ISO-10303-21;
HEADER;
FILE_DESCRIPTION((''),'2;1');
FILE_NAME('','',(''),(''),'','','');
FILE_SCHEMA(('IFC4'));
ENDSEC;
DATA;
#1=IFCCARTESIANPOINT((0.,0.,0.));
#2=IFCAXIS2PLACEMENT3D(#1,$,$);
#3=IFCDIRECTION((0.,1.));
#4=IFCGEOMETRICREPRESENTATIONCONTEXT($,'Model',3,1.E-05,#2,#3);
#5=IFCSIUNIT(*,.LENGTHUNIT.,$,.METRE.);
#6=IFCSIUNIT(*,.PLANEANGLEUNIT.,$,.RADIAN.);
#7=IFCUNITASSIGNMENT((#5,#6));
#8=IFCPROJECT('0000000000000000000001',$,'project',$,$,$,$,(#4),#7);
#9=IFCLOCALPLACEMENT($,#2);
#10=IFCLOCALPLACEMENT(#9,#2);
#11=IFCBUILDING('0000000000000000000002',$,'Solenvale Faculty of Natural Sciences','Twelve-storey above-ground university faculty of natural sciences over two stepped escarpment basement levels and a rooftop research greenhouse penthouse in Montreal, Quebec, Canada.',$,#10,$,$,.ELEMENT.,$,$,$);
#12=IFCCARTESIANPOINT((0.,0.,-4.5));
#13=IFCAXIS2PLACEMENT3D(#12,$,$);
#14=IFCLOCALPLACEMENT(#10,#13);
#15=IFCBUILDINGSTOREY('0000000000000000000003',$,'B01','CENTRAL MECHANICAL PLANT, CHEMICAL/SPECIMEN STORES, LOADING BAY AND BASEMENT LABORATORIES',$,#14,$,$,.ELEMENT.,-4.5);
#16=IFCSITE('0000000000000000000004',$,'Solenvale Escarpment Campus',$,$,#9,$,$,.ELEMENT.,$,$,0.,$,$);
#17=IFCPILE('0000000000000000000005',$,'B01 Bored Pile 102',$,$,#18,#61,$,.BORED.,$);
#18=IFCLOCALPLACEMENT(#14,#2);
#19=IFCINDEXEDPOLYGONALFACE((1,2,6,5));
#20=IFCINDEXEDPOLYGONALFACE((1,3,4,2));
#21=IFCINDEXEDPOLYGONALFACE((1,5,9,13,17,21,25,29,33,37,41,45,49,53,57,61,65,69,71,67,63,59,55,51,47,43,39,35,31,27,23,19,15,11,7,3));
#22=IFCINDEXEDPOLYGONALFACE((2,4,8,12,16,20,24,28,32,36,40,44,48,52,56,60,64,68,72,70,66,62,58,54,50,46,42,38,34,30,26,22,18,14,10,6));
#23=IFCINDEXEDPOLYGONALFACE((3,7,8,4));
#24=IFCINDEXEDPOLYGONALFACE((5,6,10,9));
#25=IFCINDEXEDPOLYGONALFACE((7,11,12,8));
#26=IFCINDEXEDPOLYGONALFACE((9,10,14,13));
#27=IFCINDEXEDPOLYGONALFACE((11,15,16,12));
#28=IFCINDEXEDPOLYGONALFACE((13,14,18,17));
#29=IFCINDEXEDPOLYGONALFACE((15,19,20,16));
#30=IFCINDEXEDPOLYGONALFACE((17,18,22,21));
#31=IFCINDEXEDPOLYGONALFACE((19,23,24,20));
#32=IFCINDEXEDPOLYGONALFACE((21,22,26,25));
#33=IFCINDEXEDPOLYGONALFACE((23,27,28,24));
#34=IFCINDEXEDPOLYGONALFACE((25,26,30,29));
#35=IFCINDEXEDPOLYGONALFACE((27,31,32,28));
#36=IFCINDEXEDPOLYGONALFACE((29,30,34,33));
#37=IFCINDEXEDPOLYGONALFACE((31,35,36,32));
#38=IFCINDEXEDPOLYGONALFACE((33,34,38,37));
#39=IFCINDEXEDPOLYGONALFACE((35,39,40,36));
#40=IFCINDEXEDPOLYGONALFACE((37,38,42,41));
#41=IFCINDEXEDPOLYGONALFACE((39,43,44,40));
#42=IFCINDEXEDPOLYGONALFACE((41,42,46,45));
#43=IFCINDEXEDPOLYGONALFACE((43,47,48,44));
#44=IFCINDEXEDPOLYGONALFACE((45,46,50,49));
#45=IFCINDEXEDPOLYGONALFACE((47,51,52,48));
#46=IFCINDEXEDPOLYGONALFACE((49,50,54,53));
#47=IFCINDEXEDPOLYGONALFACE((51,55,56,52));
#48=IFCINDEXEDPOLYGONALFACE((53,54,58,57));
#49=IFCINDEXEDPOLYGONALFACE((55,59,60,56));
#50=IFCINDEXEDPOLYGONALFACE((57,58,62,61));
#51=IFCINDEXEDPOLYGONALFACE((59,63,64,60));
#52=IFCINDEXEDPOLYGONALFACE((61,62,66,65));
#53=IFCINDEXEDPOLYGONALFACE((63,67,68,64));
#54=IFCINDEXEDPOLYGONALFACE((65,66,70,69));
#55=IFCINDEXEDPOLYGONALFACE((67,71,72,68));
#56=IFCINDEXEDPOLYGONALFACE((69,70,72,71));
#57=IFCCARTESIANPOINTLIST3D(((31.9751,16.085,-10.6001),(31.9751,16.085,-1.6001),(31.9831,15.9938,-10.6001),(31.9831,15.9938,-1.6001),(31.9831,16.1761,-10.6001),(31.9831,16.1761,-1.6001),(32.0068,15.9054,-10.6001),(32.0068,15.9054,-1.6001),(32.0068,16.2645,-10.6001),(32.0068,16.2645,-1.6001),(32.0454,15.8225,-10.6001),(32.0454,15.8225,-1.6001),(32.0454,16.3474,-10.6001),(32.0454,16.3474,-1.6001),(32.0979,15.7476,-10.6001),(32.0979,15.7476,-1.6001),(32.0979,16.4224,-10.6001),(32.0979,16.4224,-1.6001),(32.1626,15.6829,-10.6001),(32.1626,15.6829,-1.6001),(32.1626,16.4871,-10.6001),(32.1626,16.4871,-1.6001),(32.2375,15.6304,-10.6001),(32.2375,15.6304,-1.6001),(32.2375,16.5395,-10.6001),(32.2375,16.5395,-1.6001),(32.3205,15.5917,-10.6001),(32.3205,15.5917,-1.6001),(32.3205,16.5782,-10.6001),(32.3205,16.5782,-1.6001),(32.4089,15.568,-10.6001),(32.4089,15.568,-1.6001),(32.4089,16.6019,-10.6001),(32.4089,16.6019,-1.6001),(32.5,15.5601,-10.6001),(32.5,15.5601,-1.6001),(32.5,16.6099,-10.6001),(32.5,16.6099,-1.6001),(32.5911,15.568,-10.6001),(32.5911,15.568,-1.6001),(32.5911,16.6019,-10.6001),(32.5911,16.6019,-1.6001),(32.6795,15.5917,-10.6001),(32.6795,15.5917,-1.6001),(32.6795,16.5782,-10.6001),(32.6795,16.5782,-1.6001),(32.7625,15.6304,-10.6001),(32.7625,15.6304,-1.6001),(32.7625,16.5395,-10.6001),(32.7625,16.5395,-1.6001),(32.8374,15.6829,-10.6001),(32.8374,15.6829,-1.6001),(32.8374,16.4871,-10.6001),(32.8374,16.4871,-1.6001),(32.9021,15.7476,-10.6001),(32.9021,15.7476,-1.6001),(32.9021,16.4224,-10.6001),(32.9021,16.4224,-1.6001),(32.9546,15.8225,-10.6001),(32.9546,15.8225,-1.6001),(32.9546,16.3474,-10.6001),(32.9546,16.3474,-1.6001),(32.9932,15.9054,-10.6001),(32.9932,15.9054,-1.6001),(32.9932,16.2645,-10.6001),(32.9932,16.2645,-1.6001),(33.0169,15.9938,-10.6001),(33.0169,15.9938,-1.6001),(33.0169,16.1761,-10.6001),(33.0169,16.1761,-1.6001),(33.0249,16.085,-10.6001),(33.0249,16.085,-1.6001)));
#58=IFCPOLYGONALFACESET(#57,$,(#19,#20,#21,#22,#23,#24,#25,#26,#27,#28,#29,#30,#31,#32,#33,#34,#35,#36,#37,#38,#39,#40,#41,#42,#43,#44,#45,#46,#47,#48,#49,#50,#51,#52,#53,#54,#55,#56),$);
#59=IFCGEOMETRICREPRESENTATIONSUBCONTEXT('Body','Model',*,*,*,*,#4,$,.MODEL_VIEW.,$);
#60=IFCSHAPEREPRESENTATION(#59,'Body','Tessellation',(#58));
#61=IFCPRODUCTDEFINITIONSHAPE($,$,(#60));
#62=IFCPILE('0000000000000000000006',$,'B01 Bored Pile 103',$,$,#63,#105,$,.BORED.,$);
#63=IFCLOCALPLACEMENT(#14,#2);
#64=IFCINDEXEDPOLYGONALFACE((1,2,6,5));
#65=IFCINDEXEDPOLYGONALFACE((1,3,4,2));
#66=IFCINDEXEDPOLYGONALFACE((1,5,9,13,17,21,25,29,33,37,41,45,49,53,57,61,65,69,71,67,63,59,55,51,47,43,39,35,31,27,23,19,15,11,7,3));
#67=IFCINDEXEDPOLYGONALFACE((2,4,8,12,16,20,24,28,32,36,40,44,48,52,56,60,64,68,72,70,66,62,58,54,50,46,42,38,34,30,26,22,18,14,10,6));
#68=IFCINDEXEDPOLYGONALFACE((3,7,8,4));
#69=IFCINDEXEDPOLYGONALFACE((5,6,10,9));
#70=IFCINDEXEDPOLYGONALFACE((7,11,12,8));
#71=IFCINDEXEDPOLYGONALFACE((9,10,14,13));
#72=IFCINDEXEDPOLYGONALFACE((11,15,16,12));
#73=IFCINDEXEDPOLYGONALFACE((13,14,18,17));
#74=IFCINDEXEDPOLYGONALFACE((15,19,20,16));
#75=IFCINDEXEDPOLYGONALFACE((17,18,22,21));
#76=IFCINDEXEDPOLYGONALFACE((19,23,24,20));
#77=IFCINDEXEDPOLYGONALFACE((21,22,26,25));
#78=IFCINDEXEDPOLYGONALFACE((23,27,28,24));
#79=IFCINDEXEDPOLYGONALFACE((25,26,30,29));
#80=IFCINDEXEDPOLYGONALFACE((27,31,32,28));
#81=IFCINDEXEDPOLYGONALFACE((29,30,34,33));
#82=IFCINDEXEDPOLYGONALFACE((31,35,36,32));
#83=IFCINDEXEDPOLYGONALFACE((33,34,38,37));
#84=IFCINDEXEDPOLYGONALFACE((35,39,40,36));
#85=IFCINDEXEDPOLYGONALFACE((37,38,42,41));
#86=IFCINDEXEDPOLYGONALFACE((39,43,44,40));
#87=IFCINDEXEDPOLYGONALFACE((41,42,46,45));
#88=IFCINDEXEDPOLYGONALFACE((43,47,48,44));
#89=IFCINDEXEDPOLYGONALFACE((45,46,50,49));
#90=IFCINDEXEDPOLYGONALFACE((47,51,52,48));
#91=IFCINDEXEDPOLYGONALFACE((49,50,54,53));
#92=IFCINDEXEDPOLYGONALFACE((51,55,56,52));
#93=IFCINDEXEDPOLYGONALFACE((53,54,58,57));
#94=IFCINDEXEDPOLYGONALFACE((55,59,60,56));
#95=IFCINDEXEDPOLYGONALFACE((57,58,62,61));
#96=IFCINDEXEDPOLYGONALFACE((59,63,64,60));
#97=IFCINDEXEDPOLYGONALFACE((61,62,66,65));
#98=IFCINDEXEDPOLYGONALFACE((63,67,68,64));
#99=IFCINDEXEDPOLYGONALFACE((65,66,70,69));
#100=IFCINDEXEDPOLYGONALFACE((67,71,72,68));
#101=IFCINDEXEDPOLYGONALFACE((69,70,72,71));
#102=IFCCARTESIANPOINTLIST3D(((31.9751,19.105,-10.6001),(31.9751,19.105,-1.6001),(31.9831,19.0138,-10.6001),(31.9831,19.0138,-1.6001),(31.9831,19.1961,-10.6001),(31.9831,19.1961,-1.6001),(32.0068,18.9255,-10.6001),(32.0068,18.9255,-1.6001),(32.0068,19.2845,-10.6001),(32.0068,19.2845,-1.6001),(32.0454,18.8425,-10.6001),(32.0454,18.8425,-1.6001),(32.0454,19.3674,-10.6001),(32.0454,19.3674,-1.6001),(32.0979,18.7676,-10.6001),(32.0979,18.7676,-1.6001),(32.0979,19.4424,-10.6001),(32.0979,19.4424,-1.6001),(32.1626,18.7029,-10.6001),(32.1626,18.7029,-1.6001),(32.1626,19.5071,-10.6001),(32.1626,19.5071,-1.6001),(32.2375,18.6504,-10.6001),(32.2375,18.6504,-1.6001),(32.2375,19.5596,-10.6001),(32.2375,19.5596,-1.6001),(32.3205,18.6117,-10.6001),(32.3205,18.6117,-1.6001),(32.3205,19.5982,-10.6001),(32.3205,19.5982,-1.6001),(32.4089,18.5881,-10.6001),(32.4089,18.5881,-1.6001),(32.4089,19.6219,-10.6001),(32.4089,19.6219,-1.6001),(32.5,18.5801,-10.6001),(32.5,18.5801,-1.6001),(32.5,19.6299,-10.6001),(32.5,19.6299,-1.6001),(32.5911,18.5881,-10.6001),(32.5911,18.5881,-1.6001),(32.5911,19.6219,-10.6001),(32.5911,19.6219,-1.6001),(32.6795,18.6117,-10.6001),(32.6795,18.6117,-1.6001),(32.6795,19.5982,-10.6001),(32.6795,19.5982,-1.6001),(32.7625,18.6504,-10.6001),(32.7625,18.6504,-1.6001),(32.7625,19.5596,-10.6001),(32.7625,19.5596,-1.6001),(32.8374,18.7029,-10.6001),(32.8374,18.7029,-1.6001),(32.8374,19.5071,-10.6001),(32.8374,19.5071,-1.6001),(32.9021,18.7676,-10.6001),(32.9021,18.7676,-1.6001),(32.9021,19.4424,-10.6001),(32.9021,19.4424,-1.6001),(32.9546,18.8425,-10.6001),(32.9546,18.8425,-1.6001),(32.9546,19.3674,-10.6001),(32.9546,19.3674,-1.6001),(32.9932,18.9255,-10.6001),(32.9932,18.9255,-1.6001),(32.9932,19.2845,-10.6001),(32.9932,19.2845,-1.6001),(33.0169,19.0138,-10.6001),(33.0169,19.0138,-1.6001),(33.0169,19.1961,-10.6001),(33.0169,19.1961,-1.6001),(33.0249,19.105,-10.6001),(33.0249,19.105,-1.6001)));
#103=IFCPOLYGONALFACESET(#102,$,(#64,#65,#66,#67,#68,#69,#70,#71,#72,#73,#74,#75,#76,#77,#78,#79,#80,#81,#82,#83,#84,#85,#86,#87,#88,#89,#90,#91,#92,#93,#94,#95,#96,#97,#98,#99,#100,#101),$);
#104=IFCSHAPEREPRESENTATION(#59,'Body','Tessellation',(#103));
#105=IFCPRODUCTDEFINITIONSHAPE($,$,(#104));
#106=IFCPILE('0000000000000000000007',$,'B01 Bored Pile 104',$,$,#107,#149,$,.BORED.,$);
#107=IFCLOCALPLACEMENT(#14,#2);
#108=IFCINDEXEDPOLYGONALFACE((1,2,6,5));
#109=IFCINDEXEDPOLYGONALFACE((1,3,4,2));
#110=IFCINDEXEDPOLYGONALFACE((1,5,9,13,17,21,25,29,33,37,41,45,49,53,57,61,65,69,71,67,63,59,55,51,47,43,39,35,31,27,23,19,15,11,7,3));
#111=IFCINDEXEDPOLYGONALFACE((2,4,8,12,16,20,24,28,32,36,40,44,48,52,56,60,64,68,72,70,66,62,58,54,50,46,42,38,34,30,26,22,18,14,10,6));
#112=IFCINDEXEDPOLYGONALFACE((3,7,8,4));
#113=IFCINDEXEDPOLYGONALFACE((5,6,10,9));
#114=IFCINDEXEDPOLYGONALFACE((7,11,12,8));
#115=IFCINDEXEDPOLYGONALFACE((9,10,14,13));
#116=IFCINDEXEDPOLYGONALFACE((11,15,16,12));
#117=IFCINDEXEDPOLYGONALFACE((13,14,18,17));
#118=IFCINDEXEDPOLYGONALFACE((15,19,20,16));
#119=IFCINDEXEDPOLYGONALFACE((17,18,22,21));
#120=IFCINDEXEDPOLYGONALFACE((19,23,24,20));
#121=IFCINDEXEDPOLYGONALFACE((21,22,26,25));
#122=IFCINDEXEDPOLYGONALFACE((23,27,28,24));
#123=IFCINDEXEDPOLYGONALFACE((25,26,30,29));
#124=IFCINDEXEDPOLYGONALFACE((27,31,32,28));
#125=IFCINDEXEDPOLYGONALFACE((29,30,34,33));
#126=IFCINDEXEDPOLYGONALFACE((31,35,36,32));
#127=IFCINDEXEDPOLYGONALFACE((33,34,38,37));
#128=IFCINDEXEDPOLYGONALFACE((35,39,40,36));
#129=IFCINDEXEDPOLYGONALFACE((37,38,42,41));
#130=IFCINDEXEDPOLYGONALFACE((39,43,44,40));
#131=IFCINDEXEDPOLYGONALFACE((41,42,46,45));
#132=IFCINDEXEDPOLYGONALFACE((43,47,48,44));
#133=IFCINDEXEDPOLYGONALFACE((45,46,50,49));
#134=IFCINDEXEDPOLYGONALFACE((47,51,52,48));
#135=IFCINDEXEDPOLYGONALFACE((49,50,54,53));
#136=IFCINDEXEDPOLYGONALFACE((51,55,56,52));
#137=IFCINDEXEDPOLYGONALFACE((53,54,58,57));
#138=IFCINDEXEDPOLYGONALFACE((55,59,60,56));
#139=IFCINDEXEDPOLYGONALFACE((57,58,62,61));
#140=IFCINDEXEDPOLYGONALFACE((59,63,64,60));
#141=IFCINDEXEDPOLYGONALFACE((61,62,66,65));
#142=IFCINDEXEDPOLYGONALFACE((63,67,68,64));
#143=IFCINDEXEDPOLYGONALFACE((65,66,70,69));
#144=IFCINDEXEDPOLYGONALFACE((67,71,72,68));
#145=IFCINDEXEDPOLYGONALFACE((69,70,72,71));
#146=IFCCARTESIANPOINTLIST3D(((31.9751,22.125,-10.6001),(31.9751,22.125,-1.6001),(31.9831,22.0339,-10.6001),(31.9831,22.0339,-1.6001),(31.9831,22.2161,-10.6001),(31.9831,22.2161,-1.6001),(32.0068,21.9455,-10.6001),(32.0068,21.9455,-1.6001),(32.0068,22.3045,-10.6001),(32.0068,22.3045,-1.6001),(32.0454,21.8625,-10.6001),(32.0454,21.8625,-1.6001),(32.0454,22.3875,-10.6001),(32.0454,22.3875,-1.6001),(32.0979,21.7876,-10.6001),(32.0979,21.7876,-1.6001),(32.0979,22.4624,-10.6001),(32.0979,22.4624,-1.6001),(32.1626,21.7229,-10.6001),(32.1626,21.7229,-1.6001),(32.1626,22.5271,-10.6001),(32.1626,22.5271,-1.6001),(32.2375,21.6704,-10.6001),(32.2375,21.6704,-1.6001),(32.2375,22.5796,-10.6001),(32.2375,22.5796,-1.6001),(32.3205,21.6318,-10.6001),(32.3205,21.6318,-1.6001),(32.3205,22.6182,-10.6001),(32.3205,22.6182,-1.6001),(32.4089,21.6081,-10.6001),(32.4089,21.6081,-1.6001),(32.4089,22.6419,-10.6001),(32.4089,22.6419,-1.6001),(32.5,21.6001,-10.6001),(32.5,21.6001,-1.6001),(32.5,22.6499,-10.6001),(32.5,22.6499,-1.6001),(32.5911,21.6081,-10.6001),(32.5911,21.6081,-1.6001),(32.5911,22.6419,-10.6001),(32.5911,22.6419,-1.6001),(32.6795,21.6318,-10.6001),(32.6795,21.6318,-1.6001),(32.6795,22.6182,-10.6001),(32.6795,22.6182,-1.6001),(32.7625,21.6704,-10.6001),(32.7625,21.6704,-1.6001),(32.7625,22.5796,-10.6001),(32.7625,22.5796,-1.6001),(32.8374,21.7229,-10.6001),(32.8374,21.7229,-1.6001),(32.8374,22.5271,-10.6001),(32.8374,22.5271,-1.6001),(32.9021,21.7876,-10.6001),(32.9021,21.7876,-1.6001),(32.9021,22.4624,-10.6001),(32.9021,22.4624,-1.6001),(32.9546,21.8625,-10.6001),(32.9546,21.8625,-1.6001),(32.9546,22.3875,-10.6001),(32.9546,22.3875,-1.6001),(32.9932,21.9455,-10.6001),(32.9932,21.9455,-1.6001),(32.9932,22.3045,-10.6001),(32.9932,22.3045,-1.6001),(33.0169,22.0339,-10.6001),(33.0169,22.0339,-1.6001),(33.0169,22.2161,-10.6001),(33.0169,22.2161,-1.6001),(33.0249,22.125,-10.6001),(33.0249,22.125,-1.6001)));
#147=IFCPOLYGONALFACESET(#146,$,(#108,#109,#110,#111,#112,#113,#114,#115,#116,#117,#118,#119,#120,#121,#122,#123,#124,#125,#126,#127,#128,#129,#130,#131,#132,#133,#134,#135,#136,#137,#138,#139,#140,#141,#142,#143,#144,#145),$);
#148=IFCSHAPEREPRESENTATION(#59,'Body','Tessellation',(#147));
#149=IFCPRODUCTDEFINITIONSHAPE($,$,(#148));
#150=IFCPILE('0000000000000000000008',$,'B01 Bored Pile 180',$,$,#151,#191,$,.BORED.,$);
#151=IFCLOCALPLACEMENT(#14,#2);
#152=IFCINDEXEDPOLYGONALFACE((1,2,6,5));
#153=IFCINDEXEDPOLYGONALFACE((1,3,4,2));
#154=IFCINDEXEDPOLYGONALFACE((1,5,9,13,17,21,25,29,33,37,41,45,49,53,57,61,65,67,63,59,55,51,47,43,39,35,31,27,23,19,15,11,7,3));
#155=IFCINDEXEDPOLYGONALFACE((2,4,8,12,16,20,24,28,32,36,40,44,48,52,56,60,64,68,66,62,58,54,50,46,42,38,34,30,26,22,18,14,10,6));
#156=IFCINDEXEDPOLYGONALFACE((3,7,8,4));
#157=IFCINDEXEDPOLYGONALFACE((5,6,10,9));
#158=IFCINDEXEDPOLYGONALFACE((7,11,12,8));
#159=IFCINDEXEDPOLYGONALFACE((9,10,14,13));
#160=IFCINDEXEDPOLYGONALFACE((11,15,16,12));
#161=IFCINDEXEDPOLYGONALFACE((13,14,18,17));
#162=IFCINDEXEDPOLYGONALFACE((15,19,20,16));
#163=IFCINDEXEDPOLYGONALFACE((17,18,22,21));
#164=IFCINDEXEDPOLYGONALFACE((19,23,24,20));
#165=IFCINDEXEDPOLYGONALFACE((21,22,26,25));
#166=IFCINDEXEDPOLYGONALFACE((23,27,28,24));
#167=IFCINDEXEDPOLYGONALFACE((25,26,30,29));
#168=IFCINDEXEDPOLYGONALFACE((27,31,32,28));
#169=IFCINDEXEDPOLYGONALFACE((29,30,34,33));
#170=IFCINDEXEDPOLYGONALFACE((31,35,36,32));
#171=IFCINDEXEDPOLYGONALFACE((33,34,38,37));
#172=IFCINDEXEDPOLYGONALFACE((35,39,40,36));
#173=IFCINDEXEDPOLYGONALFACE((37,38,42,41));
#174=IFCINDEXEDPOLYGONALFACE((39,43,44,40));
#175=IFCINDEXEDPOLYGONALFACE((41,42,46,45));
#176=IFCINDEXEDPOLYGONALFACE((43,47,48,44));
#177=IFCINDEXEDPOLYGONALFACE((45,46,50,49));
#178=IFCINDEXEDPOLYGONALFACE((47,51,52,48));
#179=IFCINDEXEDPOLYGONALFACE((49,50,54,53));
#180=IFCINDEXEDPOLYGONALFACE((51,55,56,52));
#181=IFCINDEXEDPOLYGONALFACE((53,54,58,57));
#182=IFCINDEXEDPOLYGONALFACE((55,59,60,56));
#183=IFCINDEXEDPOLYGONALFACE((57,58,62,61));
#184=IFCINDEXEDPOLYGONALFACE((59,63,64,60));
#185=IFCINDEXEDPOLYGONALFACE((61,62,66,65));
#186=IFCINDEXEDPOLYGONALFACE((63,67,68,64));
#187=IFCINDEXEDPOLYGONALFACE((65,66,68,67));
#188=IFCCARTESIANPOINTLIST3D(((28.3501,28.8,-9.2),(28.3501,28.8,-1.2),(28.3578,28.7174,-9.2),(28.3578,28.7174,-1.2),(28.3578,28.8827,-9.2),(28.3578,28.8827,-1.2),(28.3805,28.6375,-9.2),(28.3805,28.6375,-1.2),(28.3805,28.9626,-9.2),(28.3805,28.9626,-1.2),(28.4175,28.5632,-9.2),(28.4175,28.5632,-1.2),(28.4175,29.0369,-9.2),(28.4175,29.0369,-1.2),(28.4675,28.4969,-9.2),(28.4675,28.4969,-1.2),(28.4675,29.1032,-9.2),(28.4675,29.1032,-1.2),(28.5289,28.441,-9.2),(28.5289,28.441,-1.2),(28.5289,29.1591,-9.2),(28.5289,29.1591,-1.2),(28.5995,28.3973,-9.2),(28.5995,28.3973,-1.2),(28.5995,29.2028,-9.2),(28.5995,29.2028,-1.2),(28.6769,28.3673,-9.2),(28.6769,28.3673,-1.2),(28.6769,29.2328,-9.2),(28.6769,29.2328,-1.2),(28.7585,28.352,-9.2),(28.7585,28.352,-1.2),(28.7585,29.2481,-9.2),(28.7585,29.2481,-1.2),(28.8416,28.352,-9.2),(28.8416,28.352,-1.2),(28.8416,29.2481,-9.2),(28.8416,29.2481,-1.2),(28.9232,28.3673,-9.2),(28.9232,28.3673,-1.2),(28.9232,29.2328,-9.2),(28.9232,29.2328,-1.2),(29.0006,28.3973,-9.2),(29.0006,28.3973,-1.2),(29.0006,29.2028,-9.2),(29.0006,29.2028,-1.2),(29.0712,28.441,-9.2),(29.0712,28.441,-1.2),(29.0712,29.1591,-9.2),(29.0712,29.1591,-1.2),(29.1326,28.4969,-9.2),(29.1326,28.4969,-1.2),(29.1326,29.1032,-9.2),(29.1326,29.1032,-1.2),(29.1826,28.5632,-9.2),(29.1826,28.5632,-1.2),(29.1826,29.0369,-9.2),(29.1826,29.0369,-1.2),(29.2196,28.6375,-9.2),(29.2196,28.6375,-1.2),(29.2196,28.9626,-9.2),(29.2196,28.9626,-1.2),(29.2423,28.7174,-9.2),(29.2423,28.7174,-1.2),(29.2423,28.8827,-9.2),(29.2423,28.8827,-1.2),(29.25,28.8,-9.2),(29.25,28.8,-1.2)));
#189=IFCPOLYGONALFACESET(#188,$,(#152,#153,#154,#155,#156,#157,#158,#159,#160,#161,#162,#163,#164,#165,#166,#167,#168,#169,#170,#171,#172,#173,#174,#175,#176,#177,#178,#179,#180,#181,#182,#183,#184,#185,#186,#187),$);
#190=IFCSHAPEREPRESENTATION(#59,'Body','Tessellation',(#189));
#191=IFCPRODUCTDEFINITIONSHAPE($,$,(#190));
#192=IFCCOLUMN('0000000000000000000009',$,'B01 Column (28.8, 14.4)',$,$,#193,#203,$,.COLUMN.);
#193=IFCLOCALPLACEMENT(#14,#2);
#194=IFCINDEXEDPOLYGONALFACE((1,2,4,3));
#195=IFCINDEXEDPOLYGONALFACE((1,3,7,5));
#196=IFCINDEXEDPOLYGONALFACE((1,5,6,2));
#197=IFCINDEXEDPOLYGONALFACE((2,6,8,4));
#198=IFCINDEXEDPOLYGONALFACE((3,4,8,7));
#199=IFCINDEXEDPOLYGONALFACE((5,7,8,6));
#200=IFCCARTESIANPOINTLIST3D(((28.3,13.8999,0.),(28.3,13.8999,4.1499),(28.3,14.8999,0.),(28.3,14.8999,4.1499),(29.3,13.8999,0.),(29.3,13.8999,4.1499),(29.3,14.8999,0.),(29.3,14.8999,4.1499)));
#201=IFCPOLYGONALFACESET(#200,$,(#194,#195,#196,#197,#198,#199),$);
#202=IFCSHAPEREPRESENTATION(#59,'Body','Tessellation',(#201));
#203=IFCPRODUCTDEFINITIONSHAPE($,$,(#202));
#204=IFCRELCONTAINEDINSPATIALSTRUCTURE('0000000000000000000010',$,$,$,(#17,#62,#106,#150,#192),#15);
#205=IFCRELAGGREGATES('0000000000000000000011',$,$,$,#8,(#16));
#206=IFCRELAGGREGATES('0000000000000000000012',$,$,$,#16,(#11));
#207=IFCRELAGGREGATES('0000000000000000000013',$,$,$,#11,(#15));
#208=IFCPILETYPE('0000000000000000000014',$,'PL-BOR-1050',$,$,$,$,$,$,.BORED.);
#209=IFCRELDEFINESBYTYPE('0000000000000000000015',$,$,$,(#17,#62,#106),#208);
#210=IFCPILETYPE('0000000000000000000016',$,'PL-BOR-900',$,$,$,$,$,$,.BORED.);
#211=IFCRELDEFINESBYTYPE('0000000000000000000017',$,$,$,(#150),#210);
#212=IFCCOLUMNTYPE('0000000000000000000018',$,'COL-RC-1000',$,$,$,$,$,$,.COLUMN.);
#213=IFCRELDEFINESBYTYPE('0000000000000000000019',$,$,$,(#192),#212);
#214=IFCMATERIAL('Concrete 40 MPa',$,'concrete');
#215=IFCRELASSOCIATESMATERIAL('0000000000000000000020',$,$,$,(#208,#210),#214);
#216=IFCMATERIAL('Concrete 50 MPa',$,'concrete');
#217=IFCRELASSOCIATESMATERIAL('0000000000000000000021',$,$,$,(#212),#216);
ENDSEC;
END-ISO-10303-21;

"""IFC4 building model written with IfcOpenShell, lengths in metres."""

from ifc_helpers import new_model, si_unit, direction, frame, origin, origin_2d, place, context, subcontext, project, spatial, rectangle, circle, extrude, material, material_profile, profile_set, type_object, element, save


model = new_model("IFC4")

# Units and contexts
model_context = context("Model", 3, precision=1e-05, world=origin(), true_north=direction((0.0, 1.0)))
body_context = subcontext(model_context, "Body", "Model", "MODEL_VIEW")
ifc_project = project(units=[si_unit("LENGTHUNIT", "METRE"), si_unit("PLANEANGLEUNIT", "RADIAN")], contexts=[model_context])

# Site, building, storey
site_placement = place(None, origin())
site = spatial("IfcSite", under=ifc_project, at=site_placement, Name="Solenvale Escarpment Campus", CompositionType="ELEMENT", RefElevation=0.0)
building_placement = place(site_placement, origin())
building = spatial("IfcBuilding", under=site, at=building_placement, Name="Solenvale Faculty of Natural Sciences", Description="Twelve-storey above-ground university faculty of natural sciences over two stepped escarpment basement levels and a rooftop research greenhouse penthouse in Montreal, Quebec, Canada.", CompositionType="ELEMENT")
storey_placement = place(building_placement, frame((0.0, 0.0, -4.5)))
storey = spatial("IfcBuildingStorey", under=building, at=storey_placement, Name="B01", Description="CENTRAL MECHANICAL PLANT, CHEMICAL/SPECIMEN STORES, LOADING BAY AND BASEMENT LABORATORIES", CompositionType="ELEMENT", Elevation=-4.5)

# Shared definitions
ifc_material_1 = material(Name="Concrete 40 MPa", Category="concrete")

# Piles
ifc_material_profile_1 = material_profile(ifc_material_1, circle(Radius=0.5249, at=origin_2d()), Name="PILE-D1050")
ifc_profile_set_1 = profile_set([ifc_material_profile_1], Name="Concrete 40 MPa")
pile_type_1 = type_object("IfcPileType", Name="PL-BOR-1050", PredefinedType="BORED", material=ifc_profile_set_1)
for number, where, z_axis, x_axis, name in (
    (1, (32.5, 16.085, -1.6001), (0.0, 0.0, -1.0), (1.0, 0.0, 0.0), "B01 Bored Pile 102"),
    (2, (32.5, 19.105, -1.6001), (0.0, 0.0, -1.0), (1.0, 0.0, 0.0), "B01 Bored Pile 103"),
    (3, (32.5, 22.125, -1.6001), (0.0, 0.0, -1.0), (1.0, 0.0, 0.0), "B01 Bored Pile 104"),
):
    element("IfcPile", number, at=place(storey_placement, frame(where, z_axis=z_axis, x_axis=x_axis)), inside=storey, type_object=pile_type_1, Name=name, PredefinedType="BORED", context=body_context, shape_type="SweptSolid", body=[
        extrude(circle(Radius=0.5249, at=origin_2d()), origin(), (0.0, 0.0, 1.0), 9.0),
    ])
ifc_material_profile_2 = material_profile(ifc_material_1, circle(Radius=0.45, at=origin_2d()), Name="PILE-D900")
ifc_profile_set_2 = profile_set([ifc_material_profile_2], Name="Concrete 40 MPa")
pile_type_2 = type_object("IfcPileType", Name="PL-BOR-900", PredefinedType="BORED", material=ifc_profile_set_2)
pile_placement = place(storey_placement, frame((28.8, 28.8, -1.2), z_axis=(0.0, 0.0, -1.0), x_axis=(1.0, 0.0, 0.0)))
element("IfcPile", 4, at=pile_placement, inside=storey, type_object=pile_type_2, Name="B01 Bored Pile 180", PredefinedType="BORED", context=body_context, shape_type="SweptSolid", body=[
    extrude(circle(Radius=0.45, at=origin_2d()), origin(), (0.0, 0.0, 1.0), 8.0),
])

# Column
ifc_material_2 = material(Name="Concrete 50 MPa", Category="concrete")
ifc_material_profile_3 = material_profile(ifc_material_2, rectangle(XDim=1.0, YDim=1.0, at=origin_2d()), Name="RC-COL-1000x1000")
ifc_profile_set_3 = profile_set([ifc_material_profile_3], Name="Concrete 50 MPa")
column_type = type_object("IfcColumnType", Name="COL-RC-1000", PredefinedType="COLUMN", material=ifc_profile_set_3)
for number, where, z_axis, x_axis, name in (
    (5, (28.8, 14.3999, 0.0), (0.0, 0.0, 1.0), (1.0, 0.0, 0.0), "B01 Column (28.8, 14.4)"),
):
    element("IfcColumn", number, at=place(storey_placement, frame(where, z_axis=z_axis, x_axis=x_axis)), inside=storey, type_object=column_type, Name=name, PredefinedType="COLUMN", context=body_context, shape_type="SweptSolid", body=[
        extrude(rectangle(XDim=1.0, YDim=1.0, at=origin_2d()), origin(), (0.0, 0.0, 1.0), 4.1499),
    ])

save(model, "model.ifc")
